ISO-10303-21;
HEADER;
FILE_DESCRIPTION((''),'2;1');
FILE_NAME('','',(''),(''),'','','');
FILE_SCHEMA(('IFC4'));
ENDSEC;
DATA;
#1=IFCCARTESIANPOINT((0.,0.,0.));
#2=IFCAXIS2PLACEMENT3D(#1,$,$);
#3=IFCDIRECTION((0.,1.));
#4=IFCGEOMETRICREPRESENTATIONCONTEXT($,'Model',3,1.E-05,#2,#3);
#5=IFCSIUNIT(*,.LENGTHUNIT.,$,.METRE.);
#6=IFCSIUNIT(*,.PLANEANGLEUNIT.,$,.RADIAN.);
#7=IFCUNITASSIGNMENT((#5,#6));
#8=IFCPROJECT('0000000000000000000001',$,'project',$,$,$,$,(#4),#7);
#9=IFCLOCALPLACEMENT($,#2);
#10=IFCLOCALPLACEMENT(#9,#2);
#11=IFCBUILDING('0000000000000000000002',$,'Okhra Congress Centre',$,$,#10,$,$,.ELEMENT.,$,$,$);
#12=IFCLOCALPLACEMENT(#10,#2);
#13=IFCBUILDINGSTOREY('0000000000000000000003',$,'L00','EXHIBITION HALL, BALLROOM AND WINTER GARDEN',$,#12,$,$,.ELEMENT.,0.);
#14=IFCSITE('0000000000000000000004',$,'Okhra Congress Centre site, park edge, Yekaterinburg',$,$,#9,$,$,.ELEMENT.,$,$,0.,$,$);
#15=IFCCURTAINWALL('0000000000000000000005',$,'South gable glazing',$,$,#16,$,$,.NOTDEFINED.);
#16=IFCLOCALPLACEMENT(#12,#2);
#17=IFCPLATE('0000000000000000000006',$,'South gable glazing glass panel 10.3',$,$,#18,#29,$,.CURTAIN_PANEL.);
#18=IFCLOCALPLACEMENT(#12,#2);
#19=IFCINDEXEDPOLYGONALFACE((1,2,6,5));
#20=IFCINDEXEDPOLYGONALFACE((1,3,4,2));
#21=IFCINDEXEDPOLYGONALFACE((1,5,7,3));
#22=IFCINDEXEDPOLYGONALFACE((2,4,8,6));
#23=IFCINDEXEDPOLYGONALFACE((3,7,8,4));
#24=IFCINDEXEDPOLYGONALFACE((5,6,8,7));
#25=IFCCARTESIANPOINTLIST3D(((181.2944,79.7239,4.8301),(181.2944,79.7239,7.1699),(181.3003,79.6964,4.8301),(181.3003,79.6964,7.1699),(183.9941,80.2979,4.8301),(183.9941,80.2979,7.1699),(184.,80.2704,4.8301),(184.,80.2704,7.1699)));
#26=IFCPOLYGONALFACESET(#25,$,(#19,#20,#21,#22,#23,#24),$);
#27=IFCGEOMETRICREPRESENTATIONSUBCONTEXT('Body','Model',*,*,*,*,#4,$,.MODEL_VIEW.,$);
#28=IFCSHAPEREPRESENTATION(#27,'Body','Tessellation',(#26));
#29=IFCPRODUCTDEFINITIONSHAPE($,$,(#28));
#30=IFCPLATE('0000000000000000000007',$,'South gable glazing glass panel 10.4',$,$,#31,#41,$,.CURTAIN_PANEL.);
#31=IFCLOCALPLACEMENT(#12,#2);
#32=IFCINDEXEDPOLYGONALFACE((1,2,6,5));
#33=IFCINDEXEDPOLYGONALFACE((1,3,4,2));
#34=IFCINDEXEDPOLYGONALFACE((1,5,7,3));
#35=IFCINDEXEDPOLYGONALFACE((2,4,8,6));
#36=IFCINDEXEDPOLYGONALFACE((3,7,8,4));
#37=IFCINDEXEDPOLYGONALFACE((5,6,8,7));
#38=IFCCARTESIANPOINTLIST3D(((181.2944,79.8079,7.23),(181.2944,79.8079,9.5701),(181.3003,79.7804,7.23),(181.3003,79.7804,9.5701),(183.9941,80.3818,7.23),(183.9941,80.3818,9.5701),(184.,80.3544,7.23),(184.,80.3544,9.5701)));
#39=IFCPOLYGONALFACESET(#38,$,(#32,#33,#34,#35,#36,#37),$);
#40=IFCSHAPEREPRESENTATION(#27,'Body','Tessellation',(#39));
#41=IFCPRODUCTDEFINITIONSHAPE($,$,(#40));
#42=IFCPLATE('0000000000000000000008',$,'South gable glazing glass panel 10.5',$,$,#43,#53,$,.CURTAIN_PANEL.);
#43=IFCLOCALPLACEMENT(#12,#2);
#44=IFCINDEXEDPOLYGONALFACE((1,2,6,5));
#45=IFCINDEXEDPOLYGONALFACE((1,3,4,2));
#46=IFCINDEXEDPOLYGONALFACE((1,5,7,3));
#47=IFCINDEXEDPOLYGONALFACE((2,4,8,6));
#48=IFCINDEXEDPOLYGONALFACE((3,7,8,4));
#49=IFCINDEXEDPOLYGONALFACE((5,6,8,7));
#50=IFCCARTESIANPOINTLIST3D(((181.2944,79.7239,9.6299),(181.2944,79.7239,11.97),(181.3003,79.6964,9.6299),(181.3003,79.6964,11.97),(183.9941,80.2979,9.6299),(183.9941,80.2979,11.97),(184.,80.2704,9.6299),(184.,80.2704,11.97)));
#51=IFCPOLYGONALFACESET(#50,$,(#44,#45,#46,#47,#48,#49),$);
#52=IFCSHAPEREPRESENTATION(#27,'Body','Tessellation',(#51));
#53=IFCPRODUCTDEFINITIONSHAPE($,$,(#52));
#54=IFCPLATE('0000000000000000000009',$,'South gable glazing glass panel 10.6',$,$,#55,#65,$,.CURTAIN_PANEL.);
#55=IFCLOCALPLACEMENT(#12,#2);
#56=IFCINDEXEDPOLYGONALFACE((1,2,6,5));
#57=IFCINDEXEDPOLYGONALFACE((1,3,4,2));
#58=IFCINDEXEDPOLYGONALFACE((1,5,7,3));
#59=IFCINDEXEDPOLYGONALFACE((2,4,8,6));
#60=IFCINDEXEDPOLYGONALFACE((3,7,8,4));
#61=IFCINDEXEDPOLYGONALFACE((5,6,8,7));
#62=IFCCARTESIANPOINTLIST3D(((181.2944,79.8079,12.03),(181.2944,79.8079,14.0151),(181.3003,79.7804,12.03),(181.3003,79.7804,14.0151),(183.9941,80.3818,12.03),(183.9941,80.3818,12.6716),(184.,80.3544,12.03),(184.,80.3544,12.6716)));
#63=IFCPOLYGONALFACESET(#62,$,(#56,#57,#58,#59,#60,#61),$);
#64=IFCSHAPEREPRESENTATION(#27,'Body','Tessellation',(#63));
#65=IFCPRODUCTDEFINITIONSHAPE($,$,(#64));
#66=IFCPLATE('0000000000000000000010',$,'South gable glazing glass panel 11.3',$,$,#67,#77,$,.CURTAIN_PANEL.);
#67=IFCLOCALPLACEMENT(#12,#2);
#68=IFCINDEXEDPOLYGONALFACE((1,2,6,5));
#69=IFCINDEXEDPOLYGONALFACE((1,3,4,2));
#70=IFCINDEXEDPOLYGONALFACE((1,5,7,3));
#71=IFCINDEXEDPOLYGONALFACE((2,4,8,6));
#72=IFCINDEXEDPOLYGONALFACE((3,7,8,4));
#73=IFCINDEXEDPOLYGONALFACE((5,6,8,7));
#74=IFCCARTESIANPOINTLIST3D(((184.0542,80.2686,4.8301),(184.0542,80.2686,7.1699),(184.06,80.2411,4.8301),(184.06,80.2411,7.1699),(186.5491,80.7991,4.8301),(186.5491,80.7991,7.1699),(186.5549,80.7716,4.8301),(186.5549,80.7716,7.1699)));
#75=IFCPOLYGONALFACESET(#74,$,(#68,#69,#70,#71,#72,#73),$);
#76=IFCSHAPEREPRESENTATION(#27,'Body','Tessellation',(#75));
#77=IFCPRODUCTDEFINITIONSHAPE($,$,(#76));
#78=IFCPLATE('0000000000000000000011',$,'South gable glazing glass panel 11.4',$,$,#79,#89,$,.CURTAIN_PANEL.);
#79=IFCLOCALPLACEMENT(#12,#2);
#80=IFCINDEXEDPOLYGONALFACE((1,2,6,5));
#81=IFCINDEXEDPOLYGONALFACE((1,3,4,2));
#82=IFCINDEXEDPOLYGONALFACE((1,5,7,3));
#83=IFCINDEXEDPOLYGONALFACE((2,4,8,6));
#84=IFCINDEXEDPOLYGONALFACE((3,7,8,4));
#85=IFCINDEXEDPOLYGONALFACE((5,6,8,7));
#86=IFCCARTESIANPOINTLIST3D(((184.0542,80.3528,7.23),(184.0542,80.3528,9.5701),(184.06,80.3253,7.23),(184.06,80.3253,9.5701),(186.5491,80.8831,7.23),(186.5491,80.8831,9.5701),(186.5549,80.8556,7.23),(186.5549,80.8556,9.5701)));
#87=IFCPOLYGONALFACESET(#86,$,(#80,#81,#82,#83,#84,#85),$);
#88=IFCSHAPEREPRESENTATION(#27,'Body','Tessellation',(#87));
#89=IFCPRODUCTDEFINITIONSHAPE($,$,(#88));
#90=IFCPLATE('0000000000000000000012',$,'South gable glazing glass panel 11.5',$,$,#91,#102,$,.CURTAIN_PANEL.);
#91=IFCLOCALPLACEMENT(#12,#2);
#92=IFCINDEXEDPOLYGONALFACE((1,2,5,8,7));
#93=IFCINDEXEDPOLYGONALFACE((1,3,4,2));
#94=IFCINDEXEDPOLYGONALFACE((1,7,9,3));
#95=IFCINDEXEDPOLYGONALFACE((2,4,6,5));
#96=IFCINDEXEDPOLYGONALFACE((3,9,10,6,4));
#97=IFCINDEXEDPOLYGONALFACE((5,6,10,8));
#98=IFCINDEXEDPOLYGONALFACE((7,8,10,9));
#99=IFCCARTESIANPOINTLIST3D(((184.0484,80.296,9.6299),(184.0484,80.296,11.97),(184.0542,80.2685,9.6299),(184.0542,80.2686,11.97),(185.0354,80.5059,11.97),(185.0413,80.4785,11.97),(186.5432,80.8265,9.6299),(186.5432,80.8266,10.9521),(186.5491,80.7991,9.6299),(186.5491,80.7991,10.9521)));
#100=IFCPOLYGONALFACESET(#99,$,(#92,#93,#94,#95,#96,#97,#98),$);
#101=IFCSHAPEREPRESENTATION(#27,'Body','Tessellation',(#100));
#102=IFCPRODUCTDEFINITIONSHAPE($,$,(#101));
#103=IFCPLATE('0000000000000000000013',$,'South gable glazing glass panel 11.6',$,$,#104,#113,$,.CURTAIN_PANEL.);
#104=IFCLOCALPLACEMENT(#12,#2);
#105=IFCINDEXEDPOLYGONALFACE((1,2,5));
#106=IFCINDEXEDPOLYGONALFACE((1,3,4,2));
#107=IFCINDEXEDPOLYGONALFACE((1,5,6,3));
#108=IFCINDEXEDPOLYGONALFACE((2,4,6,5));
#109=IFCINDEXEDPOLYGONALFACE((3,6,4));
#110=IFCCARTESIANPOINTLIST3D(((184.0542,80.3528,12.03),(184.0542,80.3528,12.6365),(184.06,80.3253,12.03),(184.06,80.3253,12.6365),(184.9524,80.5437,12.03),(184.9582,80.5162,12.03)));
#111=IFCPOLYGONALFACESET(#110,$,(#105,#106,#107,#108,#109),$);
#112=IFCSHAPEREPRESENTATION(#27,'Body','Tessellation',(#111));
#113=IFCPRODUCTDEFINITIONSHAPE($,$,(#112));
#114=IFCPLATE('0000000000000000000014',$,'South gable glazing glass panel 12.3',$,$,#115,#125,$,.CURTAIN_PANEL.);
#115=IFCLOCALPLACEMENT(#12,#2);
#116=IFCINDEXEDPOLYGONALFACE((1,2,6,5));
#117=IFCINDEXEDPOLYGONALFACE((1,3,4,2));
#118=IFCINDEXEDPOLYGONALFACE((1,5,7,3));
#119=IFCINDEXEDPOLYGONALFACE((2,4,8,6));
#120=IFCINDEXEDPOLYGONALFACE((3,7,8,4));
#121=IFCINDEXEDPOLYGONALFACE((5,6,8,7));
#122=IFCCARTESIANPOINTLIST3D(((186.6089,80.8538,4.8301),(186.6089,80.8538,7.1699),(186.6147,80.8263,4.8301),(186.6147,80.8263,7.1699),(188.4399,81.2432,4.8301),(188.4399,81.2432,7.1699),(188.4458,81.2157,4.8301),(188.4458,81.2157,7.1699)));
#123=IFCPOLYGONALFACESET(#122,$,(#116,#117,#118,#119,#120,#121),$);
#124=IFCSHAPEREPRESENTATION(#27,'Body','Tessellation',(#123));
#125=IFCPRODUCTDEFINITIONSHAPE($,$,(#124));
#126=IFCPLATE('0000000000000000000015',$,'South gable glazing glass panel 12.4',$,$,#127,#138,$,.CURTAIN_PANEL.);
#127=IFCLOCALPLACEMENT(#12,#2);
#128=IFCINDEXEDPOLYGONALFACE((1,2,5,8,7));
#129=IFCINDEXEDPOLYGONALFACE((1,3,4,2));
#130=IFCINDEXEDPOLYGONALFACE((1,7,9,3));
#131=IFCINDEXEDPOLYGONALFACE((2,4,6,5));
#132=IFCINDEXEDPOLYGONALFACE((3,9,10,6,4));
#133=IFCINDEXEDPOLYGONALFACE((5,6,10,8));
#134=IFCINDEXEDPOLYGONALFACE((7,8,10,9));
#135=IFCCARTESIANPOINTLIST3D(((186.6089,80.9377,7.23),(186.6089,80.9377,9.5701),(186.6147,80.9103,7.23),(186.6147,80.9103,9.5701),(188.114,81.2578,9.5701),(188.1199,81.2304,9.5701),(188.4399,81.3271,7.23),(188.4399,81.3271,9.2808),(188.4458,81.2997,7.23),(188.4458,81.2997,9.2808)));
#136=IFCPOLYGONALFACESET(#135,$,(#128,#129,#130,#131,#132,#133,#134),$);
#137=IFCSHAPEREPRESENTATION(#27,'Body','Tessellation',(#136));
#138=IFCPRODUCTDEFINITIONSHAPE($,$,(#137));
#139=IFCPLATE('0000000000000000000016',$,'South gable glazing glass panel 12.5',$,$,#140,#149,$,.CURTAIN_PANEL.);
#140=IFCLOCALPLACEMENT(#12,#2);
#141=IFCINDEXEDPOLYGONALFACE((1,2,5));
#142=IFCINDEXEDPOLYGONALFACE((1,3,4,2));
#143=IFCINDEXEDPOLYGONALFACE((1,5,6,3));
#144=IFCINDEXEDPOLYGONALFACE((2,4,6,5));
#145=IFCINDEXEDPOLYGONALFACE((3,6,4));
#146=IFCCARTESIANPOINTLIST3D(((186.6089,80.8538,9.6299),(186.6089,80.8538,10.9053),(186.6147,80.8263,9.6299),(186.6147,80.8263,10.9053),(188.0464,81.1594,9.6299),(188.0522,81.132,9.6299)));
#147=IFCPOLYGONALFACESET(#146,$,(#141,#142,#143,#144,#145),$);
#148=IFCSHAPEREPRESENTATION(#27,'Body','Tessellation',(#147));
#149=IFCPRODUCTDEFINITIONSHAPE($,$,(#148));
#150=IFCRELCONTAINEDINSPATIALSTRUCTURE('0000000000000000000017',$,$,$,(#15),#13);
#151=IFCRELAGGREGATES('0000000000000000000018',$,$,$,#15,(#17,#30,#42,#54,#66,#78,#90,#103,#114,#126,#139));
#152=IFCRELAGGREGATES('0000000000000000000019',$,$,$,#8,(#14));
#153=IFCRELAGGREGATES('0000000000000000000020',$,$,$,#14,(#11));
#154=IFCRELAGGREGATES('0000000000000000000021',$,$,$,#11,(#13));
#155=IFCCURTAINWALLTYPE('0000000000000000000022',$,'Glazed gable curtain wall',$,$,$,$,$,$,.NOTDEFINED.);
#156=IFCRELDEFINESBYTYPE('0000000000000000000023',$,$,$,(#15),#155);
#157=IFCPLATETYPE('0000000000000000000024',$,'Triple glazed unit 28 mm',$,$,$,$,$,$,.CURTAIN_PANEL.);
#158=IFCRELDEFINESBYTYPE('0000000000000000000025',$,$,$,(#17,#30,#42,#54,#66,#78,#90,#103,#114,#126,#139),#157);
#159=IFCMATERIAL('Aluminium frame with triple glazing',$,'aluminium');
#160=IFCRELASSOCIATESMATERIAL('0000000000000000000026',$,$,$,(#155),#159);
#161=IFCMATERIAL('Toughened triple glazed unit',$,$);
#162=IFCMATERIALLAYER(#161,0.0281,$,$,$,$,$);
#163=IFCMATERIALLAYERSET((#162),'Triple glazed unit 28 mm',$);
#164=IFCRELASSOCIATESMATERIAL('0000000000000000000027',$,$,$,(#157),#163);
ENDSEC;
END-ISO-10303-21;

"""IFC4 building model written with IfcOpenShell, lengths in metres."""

from ifc_helpers import new_model, si_unit, direction, frame, origin, place, context, subcontext, project, spatial, polyline, outline, extrude, material, layer, layer_set, type_object, element, aggregate, save


model = new_model("IFC4")

# Units and contexts
model_context = context("Model", 3, precision=1e-05, world=origin(), true_north=direction((0.0, 1.0)))
body_context = subcontext(model_context, "Body", "Model", "MODEL_VIEW")
ifc_project = project(units=[si_unit("LENGTHUNIT", "METRE"), si_unit("PLANEANGLEUNIT", "RADIAN")], contexts=[model_context])

# Site, building, storey
site_placement = place(None, origin())
site = spatial("IfcSite", under=ifc_project, at=site_placement, Name="Okhra Congress Centre site, park edge, Yekaterinburg", CompositionType="ELEMENT", RefElevation=0.0)
building_placement = place(site_placement, origin())
building = spatial("IfcBuilding", under=site, at=building_placement, Name="Okhra Congress Centre", CompositionType="ELEMENT")
storey_placement = place(building_placement, origin())
storey = spatial("IfcBuildingStorey", under=building, at=storey_placement, Name="L00", Description="EXHIBITION HALL, BALLROOM AND WINTER GARDEN", CompositionType="ELEMENT", Elevation=0.0)

# Curtain wall
ifc_material_1 = material(Name="Aluminium frame with triple glazing", Category="aluminium")
curtain_wall_type_1 = type_object("IfcCurtainWallType", Name="Glazed gable curtain wall", PredefinedType="NOTDEFINED", material=ifc_material_1)
curtain_wall_1_placement = place(storey_placement, origin())
curtain_wall_1 = element("IfcCurtainWall", 1, at=curtain_wall_1_placement, inside=storey, type_object=curtain_wall_type_1, Name="South gable glazing", PredefinedType="NOTDEFINED")

# Plates
ifc_material_2 = material(Name="Toughened triple glazed unit")
ifc_layer_1 = layer(ifc_material_2, 0.0281)
ifc_layer_set_1 = layer_set([ifc_layer_1], Name="Triple glazed unit 28 mm")
plate_type_1 = type_object("IfcPlateType", Name="Triple glazed unit 28 mm", PredefinedType="CURTAIN_PANEL", material=ifc_layer_set_1)
plate_1_placement = place(storey_placement, frame((183.9941, 80.2979, 4.8301), z_axis=(-0.207958, 0.978138, 0.0), x_axis=(-0.978138, -0.207958, 0.0)))
plate_1 = element("IfcPlate", 2, at=plate_1_placement, type_object=plate_type_1, Name="South gable glazing glass panel 10.3", PredefinedType="CURTAIN_PANEL", context=body_context, shape_type="SweptSolid", body=[
    extrude(outline(polyline([(0.0, 0.0), (2.76, 0.0), (2.76, 2.3398), (0.0, 2.3398), (0.0, 0.0)])), origin(), (0.0, 0.0, -1.0), 0.0281),
])
plate_2_placement = place(storey_placement, frame((183.9941, 80.3818, 7.23), z_axis=(-0.207958, 0.978138, 0.0), x_axis=(-0.978138, -0.207958, 0.0)))
plate_2 = element("IfcPlate", 3, at=plate_2_placement, type_object=plate_type_1, Name="South gable glazing glass panel 10.4", PredefinedType="CURTAIN_PANEL", context=body_context, shape_type="SweptSolid", body=[
    extrude(outline(polyline([(0.0, 0.0), (2.76, 0.0), (2.76, 2.3401), (0.0, 2.3401), (0.0, 0.0)])), origin(), (0.0, 0.0, -1.0), 0.0281),
])
plate_3_placement = place(storey_placement, frame((183.9941, 80.2979, 9.6299), z_axis=(-0.207958, 0.978138, 0.0), x_axis=(-0.978138, -0.207958, 0.0)))
plate_3 = element("IfcPlate", 4, at=plate_3_placement, type_object=plate_type_1, Name="South gable glazing glass panel 10.5", PredefinedType="CURTAIN_PANEL", context=body_context, shape_type="SweptSolid", body=[
    extrude(outline(polyline([(0.0, 0.0), (2.76, 0.0), (2.76, 2.3401), (0.0, 2.3401), (0.0, 0.0)])), origin(), (0.0, 0.0, -1.0), 0.0281),
])
plate_4_placement = place(storey_placement, frame((183.9941, 80.3818, 12.03), z_axis=(-0.207958, 0.978138, 0.0), x_axis=(-0.978138, -0.207958, 0.0)))
plate_4 = element("IfcPlate", 5, at=plate_4_placement, type_object=plate_type_1, Name="South gable glazing glass panel 10.6", PredefinedType="CURTAIN_PANEL", context=body_context, shape_type="SweptSolid", body=[
    extrude(outline(polyline([(0.0, 0.0), (2.76, 0.0), (2.76, 1.9851), (0.0, 0.6416), (0.0, 0.0)])), origin(), (0.0, 0.0, -1.0), 0.0281),
])
plate_5_placement = place(storey_placement, frame((186.5491, 80.7991, 4.8301), z_axis=(-0.207993, 0.97813, 0.0), x_axis=(-0.97813, -0.207993, 0.0)))
plate_5 = element("IfcPlate", 6, at=plate_5_placement, type_object=plate_type_1, Name="South gable glazing glass panel 11.3", PredefinedType="CURTAIN_PANEL", context=body_context, shape_type="SweptSolid", body=[
    extrude(outline(polyline([(0.0, 0.0), (2.5507, 0.0), (2.5507, 2.3398), (0.0, 2.3398), (0.0, 0.0)])), origin(), (0.0, 0.0, -1.0), 0.0281),
])
plate_6_placement = place(storey_placement, frame((186.5491, 80.8831, 7.23), z_axis=(-0.207901, 0.97815, 0.0), x_axis=(-0.97815, -0.207901, 0.0)))
plate_6 = element("IfcPlate", 7, at=plate_6_placement, type_object=plate_type_1, Name="South gable glazing glass panel 11.4", PredefinedType="CURTAIN_PANEL", context=body_context, shape_type="SweptSolid", body=[
    extrude(outline(polyline([(0.0, 0.0), (2.5506, 0.0), (2.5506, 2.3401), (0.0, 2.3401), (0.0, 0.0)])), origin(), (0.0, 0.0, -1.0), 0.0281),
])
plate_7_placement = place(storey_placement, frame((186.5491, 80.7991, 9.6299), z_axis=(0.207999, -0.978129, 0.000017), x_axis=(-0.978129, -0.207999, 0.0)))
plate_7 = element("IfcPlate", 8, at=plate_7_placement, type_object=plate_type_1, Name="South gable glazing glass panel 11.5", PredefinedType="CURTAIN_PANEL", context=body_context, shape_type="SweptSolid", body=[
    extrude(outline(polyline([(0.0, 0.0), (2.5507, 0.0), (2.5507, -2.3401), (1.5415, -2.3401), (0.0, -1.3223), (0.0, 0.0)])), origin(), (0.0, 0.0, -1.0), 0.0281),
])
plate_8_placement = place(storey_placement, frame((184.0542, 80.3528, 12.6365), z_axis=(-0.207913, 0.978147, 0.0), x_axis=(0.81621, 0.173492, -0.551092)))
plate_8 = element("IfcPlate", 9, at=plate_8_placement, type_object=plate_type_1, Name="South gable glazing glass panel 11.6", PredefinedType="CURTAIN_PANEL", context=body_context, shape_type="SweptSolid", body=[
    extrude(outline(polyline([(0.0, 0.0), (1.1004, 0.0), (0.3342, 0.506), (0.0, 0.0)])), origin(), (0.0, 0.0, -1.0), 0.0281),
])
plate_9_placement = place(storey_placement, frame((188.4399, 81.2432, 4.8301), z_axis=(-0.208015, 0.978126, 0.0), x_axis=(-0.978126, -0.208015, 0.0)))
plate_9 = element("IfcPlate", 10, at=plate_9_placement, type_object=plate_type_1, Name="South gable glazing glass panel 12.3", PredefinedType="CURTAIN_PANEL", context=body_context, shape_type="SweptSolid", body=[
    extrude(outline(polyline([(0.0, 0.0), (1.872, 0.0), (1.872, 2.3398), (0.0, 2.3398), (0.0, 0.0)])), origin(), (0.0, 0.0, -1.0), 0.0281),
])
plate_10_placement = place(storey_placement, frame((188.4399, 81.3271, 7.23), z_axis=(-0.208014, 0.978126, 0.000005), x_axis=(-0.978126, -0.208014, 0.0)))
plate_10 = element("IfcPlate", 11, at=plate_10_placement, type_object=plate_type_1, Name="South gable glazing glass panel 12.4", PredefinedType="CURTAIN_PANEL", context=body_context, shape_type="SweptSolid", body=[
    extrude(outline(polyline([(0.0, 0.0), (1.872, 0.0), (1.872, 2.3401), (0.3332, 2.3401), (0.0, 2.0508), (0.0, 0.0)])), origin(), (0.0, 0.0, -1.0), 0.0281),
])
plate_11_placement = place(storey_placement, frame((186.6089, 80.8538, 10.9053), z_axis=(-0.207986, 0.978132, 0.0), x_axis=(0.738739, 0.157083, -0.655431)))
plate_11 = element("IfcPlate", 12, at=plate_11_placement, type_object=plate_type_1, Name="South gable glazing glass panel 12.5", PredefinedType="CURTAIN_PANEL", context=body_context, shape_type="SweptSolid", body=[
    extrude(outline(polyline([(0.0, 0.0), (1.9459, 0.0), (0.8359, 0.9632), (0.0, 0.0)])), origin(), (0.0, 0.0, -1.0), 0.0281),
])
aggregate(curtain_wall_1, [plate_1, plate_2, plate_3, plate_4, plate_5, plate_6, plate_7, plate_8, plate_9, plate_10, plate_11])

save(model, "model.ifc")
